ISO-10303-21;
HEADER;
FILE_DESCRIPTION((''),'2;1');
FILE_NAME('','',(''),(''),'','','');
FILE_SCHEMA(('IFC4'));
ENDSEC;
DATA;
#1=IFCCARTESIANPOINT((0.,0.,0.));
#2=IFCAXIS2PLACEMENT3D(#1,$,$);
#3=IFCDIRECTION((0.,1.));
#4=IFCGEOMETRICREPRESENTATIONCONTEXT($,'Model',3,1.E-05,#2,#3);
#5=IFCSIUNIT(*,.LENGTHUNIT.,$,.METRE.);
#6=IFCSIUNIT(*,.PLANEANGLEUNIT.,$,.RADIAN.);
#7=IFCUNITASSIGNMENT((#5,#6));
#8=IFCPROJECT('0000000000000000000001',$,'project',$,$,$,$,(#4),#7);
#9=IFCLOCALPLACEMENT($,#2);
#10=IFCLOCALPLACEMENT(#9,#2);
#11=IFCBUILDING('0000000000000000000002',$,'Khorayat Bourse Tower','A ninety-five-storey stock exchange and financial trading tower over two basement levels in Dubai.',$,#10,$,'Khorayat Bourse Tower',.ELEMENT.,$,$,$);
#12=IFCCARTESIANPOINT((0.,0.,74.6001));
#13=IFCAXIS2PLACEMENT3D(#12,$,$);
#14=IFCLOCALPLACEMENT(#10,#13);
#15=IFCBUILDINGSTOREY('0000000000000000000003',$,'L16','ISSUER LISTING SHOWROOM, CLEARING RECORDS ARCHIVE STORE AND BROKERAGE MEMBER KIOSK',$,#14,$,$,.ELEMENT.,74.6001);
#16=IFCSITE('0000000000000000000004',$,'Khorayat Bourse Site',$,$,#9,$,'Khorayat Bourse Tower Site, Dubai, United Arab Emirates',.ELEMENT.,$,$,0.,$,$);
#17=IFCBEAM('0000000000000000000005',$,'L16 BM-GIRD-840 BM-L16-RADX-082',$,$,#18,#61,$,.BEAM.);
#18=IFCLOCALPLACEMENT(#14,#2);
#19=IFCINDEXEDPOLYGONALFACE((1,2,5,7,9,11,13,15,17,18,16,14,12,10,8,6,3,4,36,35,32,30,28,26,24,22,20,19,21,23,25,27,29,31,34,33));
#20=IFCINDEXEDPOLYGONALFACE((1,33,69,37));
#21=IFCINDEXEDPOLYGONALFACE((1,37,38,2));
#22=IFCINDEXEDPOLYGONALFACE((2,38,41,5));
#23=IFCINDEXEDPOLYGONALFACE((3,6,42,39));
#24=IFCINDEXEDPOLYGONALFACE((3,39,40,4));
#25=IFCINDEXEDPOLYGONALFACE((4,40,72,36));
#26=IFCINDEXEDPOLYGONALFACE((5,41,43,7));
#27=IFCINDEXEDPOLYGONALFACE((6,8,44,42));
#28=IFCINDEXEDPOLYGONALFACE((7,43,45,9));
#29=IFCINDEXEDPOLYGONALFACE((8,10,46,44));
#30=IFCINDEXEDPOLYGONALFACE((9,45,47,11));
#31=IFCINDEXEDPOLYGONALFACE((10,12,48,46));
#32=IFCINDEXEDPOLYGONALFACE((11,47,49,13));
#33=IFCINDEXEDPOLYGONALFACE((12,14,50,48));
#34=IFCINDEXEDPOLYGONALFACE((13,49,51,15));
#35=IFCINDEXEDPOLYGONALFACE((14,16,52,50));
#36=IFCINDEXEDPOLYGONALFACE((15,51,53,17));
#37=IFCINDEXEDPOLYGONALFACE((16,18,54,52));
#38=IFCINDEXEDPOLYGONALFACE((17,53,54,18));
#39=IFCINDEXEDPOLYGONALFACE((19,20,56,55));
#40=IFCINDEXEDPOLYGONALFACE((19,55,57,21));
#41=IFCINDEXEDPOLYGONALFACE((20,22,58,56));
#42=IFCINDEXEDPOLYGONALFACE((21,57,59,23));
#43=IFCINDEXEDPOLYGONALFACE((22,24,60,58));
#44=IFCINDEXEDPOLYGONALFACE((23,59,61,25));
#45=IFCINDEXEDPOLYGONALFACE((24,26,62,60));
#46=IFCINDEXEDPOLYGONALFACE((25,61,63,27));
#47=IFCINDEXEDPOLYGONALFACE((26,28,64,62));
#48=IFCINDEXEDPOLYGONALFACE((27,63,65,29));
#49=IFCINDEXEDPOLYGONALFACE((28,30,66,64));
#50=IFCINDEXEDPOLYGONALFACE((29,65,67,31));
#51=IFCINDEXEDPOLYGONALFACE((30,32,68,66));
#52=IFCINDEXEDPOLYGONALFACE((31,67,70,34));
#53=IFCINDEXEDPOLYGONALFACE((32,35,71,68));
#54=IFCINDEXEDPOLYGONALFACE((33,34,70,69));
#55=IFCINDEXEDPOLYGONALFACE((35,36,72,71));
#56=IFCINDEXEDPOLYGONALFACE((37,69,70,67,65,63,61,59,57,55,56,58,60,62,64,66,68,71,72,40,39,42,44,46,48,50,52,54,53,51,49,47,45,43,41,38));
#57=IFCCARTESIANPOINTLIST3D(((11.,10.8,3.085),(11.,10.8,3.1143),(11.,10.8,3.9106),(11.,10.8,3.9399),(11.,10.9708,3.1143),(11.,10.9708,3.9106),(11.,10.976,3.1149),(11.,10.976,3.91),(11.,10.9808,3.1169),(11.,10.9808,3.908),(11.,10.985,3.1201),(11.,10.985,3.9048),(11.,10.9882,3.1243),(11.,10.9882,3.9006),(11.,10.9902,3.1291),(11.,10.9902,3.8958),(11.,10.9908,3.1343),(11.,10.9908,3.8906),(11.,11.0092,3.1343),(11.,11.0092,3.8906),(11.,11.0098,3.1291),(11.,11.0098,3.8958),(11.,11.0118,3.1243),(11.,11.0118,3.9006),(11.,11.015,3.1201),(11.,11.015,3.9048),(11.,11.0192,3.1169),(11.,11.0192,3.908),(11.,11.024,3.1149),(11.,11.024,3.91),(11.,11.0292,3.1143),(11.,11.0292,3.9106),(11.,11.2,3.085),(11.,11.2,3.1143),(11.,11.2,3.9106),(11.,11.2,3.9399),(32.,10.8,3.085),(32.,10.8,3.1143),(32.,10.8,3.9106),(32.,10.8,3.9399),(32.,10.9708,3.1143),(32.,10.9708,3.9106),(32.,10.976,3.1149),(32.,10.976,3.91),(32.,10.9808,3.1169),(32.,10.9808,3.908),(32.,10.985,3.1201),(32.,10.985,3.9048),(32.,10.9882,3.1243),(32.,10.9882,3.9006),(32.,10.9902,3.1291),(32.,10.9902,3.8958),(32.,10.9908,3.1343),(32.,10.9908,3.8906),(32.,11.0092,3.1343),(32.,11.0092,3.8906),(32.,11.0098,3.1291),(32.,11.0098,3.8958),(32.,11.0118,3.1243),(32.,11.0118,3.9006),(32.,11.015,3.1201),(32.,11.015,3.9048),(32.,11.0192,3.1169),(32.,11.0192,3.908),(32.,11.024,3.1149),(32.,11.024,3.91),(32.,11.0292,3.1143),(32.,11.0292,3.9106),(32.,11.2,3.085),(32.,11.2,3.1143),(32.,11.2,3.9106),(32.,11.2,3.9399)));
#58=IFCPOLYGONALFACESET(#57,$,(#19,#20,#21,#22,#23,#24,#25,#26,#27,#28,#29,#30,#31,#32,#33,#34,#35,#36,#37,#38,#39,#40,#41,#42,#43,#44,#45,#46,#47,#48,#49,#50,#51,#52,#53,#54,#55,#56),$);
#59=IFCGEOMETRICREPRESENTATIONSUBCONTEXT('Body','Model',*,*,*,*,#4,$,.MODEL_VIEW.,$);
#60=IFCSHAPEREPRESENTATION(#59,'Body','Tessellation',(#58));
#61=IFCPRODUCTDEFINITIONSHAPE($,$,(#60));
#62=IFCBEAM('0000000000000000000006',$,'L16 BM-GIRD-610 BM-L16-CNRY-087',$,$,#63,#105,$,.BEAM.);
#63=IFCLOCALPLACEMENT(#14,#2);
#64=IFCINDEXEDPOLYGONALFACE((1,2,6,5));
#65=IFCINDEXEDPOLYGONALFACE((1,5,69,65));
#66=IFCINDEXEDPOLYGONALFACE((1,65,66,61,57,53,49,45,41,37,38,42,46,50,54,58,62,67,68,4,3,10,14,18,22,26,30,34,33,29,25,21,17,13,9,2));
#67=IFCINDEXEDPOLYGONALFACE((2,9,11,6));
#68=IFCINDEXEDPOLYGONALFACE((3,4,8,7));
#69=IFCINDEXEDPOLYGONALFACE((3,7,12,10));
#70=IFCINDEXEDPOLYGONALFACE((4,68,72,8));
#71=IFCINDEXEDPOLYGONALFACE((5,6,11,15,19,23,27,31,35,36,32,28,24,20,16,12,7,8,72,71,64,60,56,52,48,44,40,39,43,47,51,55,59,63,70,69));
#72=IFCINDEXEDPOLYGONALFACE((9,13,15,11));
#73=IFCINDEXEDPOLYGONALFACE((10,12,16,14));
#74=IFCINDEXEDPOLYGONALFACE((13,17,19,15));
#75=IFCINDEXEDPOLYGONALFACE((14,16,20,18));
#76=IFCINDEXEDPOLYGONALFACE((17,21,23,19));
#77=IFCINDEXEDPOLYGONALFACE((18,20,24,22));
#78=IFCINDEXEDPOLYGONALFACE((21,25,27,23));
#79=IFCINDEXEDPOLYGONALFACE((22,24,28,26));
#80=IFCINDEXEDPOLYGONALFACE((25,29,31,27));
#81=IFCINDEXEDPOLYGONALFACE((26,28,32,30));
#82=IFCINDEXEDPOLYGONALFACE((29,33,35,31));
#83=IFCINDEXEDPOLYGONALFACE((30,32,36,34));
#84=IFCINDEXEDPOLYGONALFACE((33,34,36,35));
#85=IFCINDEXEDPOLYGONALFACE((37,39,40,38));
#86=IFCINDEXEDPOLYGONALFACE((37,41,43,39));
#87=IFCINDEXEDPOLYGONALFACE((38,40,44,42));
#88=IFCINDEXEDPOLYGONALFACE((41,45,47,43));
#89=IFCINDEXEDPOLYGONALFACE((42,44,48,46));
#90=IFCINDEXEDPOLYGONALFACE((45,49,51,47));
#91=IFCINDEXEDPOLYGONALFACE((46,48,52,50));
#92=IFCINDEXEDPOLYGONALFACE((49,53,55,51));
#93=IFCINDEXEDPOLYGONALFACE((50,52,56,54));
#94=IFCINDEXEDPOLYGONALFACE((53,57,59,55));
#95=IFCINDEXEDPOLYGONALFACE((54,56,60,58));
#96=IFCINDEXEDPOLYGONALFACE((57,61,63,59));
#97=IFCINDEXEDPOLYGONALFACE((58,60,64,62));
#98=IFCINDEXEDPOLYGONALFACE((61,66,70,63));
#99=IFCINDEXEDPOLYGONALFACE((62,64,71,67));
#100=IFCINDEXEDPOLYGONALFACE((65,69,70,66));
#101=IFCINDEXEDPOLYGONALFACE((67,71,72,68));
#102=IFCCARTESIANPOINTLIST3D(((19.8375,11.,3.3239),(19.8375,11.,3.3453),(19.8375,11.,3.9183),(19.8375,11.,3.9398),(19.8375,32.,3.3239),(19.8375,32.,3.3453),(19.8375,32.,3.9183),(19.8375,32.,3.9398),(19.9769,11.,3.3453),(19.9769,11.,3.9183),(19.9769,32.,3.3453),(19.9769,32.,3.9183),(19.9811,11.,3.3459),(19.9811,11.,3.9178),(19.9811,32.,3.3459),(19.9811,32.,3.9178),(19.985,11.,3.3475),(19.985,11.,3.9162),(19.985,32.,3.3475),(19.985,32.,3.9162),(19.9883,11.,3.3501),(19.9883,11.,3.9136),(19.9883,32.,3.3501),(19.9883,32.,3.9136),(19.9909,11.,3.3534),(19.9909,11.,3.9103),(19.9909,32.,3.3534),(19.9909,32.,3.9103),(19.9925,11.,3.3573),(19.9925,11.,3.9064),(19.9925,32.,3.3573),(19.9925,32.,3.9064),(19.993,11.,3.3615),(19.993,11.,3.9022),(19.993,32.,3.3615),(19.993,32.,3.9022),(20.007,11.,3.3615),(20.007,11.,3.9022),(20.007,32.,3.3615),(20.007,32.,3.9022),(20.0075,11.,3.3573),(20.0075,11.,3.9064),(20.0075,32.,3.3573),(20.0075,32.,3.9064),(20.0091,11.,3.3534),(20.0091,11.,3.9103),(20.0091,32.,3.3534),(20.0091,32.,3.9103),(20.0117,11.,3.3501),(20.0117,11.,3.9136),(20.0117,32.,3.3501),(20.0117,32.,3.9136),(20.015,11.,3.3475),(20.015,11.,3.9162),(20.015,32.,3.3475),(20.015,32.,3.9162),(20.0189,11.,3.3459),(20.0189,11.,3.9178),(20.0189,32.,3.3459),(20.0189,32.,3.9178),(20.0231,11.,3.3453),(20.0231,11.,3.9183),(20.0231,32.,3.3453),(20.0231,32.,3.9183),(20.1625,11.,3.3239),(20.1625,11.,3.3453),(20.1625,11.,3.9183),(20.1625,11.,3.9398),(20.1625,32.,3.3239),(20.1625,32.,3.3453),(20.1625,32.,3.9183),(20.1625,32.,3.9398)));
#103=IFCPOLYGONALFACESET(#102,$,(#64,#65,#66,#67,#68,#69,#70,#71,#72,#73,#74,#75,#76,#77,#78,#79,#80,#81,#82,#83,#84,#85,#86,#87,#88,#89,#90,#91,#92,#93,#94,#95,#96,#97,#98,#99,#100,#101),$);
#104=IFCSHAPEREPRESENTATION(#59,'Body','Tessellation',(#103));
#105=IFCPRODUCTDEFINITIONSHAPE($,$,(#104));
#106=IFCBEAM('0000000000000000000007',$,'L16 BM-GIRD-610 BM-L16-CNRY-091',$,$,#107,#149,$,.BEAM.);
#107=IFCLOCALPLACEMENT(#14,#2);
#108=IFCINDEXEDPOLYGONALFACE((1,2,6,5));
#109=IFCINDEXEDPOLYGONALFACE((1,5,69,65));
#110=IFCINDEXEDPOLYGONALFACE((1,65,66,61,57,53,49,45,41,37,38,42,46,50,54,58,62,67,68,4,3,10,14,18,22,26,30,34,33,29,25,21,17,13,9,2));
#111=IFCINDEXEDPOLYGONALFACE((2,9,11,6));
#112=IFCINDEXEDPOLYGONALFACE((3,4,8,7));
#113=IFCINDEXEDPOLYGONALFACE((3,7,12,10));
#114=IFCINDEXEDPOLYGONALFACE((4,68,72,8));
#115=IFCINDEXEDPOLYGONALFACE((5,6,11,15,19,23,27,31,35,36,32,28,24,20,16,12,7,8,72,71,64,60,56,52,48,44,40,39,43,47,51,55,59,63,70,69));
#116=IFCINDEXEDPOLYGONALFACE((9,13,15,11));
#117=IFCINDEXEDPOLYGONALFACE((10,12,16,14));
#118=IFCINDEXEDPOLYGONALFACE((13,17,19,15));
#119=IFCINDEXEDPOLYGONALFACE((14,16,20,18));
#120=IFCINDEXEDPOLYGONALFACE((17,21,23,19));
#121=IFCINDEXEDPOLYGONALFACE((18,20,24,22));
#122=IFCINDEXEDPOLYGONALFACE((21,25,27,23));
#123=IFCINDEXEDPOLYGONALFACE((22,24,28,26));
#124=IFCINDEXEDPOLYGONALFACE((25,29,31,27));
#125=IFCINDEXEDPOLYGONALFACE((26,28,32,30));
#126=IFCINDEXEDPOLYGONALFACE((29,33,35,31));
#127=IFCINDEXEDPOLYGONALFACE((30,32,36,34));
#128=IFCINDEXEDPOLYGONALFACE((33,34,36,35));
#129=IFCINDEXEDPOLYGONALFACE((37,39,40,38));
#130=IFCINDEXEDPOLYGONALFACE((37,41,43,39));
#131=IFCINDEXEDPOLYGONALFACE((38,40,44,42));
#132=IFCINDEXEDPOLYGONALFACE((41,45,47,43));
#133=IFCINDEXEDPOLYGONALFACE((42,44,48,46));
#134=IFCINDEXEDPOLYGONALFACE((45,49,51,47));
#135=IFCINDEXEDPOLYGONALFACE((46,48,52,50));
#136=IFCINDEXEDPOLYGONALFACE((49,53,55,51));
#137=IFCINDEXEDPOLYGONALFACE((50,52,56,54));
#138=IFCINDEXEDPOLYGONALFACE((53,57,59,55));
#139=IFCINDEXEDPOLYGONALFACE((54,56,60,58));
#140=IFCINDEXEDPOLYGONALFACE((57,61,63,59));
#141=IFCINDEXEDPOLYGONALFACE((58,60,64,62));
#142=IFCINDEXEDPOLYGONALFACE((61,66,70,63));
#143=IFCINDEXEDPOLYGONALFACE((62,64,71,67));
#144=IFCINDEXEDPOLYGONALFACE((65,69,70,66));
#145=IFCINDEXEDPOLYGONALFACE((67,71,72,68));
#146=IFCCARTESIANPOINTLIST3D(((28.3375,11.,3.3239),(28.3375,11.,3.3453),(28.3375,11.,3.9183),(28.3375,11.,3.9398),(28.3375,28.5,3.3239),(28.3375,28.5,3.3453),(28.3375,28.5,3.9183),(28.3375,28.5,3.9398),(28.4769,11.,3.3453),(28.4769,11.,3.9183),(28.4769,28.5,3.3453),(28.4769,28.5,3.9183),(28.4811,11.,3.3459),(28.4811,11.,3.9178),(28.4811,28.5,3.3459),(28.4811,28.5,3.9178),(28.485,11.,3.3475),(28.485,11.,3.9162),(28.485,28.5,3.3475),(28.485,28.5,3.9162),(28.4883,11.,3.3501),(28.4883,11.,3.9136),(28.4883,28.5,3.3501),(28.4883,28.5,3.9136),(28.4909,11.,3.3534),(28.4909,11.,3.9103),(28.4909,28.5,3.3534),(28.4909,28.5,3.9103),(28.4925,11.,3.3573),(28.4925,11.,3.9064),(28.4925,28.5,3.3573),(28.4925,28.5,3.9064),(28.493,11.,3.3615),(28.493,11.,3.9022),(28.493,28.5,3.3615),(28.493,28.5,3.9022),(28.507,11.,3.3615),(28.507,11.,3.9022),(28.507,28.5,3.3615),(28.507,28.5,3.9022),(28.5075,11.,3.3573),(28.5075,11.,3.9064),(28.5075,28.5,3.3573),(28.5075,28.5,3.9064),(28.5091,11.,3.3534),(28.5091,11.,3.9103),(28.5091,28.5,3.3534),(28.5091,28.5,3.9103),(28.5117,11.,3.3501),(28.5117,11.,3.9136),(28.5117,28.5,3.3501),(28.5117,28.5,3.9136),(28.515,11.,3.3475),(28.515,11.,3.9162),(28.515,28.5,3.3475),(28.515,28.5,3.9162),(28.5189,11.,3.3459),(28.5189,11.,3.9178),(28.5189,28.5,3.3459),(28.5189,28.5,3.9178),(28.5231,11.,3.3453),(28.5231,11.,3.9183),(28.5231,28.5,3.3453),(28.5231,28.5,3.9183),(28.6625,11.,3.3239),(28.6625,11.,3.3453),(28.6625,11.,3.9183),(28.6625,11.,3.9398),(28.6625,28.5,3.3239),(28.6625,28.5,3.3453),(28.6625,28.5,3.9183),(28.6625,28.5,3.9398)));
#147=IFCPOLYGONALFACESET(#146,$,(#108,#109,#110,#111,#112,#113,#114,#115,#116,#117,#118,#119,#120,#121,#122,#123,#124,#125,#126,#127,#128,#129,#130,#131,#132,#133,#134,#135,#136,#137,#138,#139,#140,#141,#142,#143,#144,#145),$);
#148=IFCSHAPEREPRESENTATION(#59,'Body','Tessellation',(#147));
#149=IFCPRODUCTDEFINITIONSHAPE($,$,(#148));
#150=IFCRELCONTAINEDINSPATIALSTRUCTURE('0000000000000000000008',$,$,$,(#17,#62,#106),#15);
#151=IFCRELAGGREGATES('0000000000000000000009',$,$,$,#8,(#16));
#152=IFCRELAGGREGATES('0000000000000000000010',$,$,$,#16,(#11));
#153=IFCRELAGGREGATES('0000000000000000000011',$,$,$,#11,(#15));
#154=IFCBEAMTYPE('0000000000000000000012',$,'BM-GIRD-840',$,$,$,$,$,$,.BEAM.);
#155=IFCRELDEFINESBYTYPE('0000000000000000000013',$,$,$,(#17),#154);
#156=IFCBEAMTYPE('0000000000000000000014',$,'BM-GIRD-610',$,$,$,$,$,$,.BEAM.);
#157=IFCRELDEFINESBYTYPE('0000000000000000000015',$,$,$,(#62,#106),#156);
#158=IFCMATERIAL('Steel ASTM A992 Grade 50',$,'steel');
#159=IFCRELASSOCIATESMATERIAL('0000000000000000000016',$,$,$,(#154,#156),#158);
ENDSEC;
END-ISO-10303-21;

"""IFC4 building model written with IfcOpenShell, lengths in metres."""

from ifc_helpers import new_model, si_unit, direction, frame, origin, origin_2d, place, context, subcontext, project, spatial, i_section, extrude, source, transform, mapped, material, material_profile, profile_set, type_object, element, save


model = new_model("IFC4")

# Units and contexts
model_context = context("Model", 3, precision=1e-05, world=origin(), true_north=direction((0.0, 1.0)))
body_context = subcontext(model_context, "Body", "Model", "MODEL_VIEW")
ifc_project = project(units=[si_unit("LENGTHUNIT", "METRE"), si_unit("PLANEANGLEUNIT", "RADIAN")], contexts=[model_context])

# Site, building, storey
site_placement = place(None, origin())
site = spatial("IfcSite", under=ifc_project, at=site_placement, Name="Khorayat Bourse Site", LongName="Khorayat Bourse Tower Site, Dubai, United Arab Emirates", CompositionType="ELEMENT", RefElevation=0.0)
building_placement = place(site_placement, origin())
building = spatial("IfcBuilding", under=site, at=building_placement, Name="Khorayat Bourse Tower", Description="A ninety-five-storey stock exchange and financial trading tower over two basement levels in Dubai.", LongName="Khorayat Bourse Tower", CompositionType="ELEMENT")
storey_placement = place(building_placement, frame((0.0, 0.0, 74.6001)))
storey = spatial("IfcBuildingStorey", under=building, at=storey_placement, Name="L16", Description="ISSUER LISTING SHOWROOM, CLEARING RECORDS ARCHIVE STORE AND BROKERAGE MEMBER KIOSK", CompositionType="ELEMENT", Elevation=74.6001)

# Beams
ifc_material_1 = material(Name="Steel ASTM A992 Grade 50", Category="steel")
ifc_material_profile_1 = material_profile(ifc_material_1, i_section(OverallWidth=0.3999, OverallDepth=0.855, WebThickness=0.0183, FlangeThickness=0.0293, FilletRadius=0.02, at=origin_2d()), Name="W840X299")
ifc_profile_set_1 = profile_set([ifc_material_profile_1], Name="Steel ASTM A992 Grade 50")
beam_type_1 = type_object("IfcBeamType", Name="BM-GIRD-840", PredefinedType="BEAM", material=ifc_profile_set_1)
shared_shape_1 = source(origin(), body_context, "Body", "SweptSolid", [
    extrude(i_section(OverallWidth=0.3999, OverallDepth=0.855, WebThickness=0.0183, FlangeThickness=0.0293, FilletRadius=0.02, at=origin_2d()), origin(), (0.0, 0.0, 1.0), 21.0),
])
beam_1_placement = place(storey_placement, frame((11.0, 11.0, 3.5125), z_axis=(1.0, 0.0, 0.0), x_axis=(0.0, 1.0, 0.0)))
element("IfcBeam", 1, at=beam_1_placement, inside=storey, type_object=beam_type_1, Name="L16 BM-GIRD-840 BM-L16-RADX-082", PredefinedType="BEAM", context=body_context, shape_type="MappedRepresentation", body=[
    mapped(shared_shape_1, transform((0.0, 0.0, 0.0), scale=1.0)),
])
ifc_material_profile_2 = material_profile(ifc_material_1, i_section(OverallWidth=0.325, OverallDepth=0.616, WebThickness=0.0139, FlangeThickness=0.0215, FilletRadius=0.0161, at=origin_2d()), Name="W610X174")
ifc_profile_set_2 = profile_set([ifc_material_profile_2], Name="Steel ASTM A992 Grade 50")
beam_type_2 = type_object("IfcBeamType", Name="BM-GIRD-610", PredefinedType="BEAM", material=ifc_profile_set_2)
shared_shape_2 = source(origin(), body_context, "Body", "SweptSolid", [
    extrude(i_section(OverallWidth=0.325, OverallDepth=0.616, WebThickness=0.0139, FlangeThickness=0.0215, FilletRadius=0.0161, at=origin_2d()), origin(), (0.0, 0.0, 1.0), 21.0),
])
beam_2_placement = place(storey_placement, frame((20.0, 11.0, 3.6318), z_axis=(0.0, 1.0, 0.0), x_axis=(-1.0, 0.0, 0.0)))
element("IfcBeam", 2, at=beam_2_placement, inside=storey, type_object=beam_type_2, Name="L16 BM-GIRD-610 BM-L16-CNRY-087", PredefinedType="BEAM", context=body_context, shape_type="MappedRepresentation", body=[
    mapped(shared_shape_2, transform((0.0, 0.0, 0.0), scale=1.0)),
])
shared_shape_3 = source(origin(), body_context, "Body", "SweptSolid", [
    extrude(i_section(OverallWidth=0.325, OverallDepth=0.616, WebThickness=0.0139, FlangeThickness=0.0215, FilletRadius=0.0161, at=origin_2d()), origin(), (0.0, 0.0, 1.0), 17.5),
])
beam_3_placement = place(storey_placement, frame((28.5, 11.0, 3.6318), z_axis=(0.0, 1.0, 0.0), x_axis=(-1.0, 0.0, 0.0)))
element("IfcBeam", 3, at=beam_3_placement, inside=storey, type_object=beam_type_2, Name="L16 BM-GIRD-610 BM-L16-CNRY-091", PredefinedType="BEAM", context=body_context, shape_type="MappedRepresentation", body=[
    mapped(shared_shape_3, transform((0.0, 0.0, 0.0), scale=1.0)),
])

save(model, "model.ifc")
